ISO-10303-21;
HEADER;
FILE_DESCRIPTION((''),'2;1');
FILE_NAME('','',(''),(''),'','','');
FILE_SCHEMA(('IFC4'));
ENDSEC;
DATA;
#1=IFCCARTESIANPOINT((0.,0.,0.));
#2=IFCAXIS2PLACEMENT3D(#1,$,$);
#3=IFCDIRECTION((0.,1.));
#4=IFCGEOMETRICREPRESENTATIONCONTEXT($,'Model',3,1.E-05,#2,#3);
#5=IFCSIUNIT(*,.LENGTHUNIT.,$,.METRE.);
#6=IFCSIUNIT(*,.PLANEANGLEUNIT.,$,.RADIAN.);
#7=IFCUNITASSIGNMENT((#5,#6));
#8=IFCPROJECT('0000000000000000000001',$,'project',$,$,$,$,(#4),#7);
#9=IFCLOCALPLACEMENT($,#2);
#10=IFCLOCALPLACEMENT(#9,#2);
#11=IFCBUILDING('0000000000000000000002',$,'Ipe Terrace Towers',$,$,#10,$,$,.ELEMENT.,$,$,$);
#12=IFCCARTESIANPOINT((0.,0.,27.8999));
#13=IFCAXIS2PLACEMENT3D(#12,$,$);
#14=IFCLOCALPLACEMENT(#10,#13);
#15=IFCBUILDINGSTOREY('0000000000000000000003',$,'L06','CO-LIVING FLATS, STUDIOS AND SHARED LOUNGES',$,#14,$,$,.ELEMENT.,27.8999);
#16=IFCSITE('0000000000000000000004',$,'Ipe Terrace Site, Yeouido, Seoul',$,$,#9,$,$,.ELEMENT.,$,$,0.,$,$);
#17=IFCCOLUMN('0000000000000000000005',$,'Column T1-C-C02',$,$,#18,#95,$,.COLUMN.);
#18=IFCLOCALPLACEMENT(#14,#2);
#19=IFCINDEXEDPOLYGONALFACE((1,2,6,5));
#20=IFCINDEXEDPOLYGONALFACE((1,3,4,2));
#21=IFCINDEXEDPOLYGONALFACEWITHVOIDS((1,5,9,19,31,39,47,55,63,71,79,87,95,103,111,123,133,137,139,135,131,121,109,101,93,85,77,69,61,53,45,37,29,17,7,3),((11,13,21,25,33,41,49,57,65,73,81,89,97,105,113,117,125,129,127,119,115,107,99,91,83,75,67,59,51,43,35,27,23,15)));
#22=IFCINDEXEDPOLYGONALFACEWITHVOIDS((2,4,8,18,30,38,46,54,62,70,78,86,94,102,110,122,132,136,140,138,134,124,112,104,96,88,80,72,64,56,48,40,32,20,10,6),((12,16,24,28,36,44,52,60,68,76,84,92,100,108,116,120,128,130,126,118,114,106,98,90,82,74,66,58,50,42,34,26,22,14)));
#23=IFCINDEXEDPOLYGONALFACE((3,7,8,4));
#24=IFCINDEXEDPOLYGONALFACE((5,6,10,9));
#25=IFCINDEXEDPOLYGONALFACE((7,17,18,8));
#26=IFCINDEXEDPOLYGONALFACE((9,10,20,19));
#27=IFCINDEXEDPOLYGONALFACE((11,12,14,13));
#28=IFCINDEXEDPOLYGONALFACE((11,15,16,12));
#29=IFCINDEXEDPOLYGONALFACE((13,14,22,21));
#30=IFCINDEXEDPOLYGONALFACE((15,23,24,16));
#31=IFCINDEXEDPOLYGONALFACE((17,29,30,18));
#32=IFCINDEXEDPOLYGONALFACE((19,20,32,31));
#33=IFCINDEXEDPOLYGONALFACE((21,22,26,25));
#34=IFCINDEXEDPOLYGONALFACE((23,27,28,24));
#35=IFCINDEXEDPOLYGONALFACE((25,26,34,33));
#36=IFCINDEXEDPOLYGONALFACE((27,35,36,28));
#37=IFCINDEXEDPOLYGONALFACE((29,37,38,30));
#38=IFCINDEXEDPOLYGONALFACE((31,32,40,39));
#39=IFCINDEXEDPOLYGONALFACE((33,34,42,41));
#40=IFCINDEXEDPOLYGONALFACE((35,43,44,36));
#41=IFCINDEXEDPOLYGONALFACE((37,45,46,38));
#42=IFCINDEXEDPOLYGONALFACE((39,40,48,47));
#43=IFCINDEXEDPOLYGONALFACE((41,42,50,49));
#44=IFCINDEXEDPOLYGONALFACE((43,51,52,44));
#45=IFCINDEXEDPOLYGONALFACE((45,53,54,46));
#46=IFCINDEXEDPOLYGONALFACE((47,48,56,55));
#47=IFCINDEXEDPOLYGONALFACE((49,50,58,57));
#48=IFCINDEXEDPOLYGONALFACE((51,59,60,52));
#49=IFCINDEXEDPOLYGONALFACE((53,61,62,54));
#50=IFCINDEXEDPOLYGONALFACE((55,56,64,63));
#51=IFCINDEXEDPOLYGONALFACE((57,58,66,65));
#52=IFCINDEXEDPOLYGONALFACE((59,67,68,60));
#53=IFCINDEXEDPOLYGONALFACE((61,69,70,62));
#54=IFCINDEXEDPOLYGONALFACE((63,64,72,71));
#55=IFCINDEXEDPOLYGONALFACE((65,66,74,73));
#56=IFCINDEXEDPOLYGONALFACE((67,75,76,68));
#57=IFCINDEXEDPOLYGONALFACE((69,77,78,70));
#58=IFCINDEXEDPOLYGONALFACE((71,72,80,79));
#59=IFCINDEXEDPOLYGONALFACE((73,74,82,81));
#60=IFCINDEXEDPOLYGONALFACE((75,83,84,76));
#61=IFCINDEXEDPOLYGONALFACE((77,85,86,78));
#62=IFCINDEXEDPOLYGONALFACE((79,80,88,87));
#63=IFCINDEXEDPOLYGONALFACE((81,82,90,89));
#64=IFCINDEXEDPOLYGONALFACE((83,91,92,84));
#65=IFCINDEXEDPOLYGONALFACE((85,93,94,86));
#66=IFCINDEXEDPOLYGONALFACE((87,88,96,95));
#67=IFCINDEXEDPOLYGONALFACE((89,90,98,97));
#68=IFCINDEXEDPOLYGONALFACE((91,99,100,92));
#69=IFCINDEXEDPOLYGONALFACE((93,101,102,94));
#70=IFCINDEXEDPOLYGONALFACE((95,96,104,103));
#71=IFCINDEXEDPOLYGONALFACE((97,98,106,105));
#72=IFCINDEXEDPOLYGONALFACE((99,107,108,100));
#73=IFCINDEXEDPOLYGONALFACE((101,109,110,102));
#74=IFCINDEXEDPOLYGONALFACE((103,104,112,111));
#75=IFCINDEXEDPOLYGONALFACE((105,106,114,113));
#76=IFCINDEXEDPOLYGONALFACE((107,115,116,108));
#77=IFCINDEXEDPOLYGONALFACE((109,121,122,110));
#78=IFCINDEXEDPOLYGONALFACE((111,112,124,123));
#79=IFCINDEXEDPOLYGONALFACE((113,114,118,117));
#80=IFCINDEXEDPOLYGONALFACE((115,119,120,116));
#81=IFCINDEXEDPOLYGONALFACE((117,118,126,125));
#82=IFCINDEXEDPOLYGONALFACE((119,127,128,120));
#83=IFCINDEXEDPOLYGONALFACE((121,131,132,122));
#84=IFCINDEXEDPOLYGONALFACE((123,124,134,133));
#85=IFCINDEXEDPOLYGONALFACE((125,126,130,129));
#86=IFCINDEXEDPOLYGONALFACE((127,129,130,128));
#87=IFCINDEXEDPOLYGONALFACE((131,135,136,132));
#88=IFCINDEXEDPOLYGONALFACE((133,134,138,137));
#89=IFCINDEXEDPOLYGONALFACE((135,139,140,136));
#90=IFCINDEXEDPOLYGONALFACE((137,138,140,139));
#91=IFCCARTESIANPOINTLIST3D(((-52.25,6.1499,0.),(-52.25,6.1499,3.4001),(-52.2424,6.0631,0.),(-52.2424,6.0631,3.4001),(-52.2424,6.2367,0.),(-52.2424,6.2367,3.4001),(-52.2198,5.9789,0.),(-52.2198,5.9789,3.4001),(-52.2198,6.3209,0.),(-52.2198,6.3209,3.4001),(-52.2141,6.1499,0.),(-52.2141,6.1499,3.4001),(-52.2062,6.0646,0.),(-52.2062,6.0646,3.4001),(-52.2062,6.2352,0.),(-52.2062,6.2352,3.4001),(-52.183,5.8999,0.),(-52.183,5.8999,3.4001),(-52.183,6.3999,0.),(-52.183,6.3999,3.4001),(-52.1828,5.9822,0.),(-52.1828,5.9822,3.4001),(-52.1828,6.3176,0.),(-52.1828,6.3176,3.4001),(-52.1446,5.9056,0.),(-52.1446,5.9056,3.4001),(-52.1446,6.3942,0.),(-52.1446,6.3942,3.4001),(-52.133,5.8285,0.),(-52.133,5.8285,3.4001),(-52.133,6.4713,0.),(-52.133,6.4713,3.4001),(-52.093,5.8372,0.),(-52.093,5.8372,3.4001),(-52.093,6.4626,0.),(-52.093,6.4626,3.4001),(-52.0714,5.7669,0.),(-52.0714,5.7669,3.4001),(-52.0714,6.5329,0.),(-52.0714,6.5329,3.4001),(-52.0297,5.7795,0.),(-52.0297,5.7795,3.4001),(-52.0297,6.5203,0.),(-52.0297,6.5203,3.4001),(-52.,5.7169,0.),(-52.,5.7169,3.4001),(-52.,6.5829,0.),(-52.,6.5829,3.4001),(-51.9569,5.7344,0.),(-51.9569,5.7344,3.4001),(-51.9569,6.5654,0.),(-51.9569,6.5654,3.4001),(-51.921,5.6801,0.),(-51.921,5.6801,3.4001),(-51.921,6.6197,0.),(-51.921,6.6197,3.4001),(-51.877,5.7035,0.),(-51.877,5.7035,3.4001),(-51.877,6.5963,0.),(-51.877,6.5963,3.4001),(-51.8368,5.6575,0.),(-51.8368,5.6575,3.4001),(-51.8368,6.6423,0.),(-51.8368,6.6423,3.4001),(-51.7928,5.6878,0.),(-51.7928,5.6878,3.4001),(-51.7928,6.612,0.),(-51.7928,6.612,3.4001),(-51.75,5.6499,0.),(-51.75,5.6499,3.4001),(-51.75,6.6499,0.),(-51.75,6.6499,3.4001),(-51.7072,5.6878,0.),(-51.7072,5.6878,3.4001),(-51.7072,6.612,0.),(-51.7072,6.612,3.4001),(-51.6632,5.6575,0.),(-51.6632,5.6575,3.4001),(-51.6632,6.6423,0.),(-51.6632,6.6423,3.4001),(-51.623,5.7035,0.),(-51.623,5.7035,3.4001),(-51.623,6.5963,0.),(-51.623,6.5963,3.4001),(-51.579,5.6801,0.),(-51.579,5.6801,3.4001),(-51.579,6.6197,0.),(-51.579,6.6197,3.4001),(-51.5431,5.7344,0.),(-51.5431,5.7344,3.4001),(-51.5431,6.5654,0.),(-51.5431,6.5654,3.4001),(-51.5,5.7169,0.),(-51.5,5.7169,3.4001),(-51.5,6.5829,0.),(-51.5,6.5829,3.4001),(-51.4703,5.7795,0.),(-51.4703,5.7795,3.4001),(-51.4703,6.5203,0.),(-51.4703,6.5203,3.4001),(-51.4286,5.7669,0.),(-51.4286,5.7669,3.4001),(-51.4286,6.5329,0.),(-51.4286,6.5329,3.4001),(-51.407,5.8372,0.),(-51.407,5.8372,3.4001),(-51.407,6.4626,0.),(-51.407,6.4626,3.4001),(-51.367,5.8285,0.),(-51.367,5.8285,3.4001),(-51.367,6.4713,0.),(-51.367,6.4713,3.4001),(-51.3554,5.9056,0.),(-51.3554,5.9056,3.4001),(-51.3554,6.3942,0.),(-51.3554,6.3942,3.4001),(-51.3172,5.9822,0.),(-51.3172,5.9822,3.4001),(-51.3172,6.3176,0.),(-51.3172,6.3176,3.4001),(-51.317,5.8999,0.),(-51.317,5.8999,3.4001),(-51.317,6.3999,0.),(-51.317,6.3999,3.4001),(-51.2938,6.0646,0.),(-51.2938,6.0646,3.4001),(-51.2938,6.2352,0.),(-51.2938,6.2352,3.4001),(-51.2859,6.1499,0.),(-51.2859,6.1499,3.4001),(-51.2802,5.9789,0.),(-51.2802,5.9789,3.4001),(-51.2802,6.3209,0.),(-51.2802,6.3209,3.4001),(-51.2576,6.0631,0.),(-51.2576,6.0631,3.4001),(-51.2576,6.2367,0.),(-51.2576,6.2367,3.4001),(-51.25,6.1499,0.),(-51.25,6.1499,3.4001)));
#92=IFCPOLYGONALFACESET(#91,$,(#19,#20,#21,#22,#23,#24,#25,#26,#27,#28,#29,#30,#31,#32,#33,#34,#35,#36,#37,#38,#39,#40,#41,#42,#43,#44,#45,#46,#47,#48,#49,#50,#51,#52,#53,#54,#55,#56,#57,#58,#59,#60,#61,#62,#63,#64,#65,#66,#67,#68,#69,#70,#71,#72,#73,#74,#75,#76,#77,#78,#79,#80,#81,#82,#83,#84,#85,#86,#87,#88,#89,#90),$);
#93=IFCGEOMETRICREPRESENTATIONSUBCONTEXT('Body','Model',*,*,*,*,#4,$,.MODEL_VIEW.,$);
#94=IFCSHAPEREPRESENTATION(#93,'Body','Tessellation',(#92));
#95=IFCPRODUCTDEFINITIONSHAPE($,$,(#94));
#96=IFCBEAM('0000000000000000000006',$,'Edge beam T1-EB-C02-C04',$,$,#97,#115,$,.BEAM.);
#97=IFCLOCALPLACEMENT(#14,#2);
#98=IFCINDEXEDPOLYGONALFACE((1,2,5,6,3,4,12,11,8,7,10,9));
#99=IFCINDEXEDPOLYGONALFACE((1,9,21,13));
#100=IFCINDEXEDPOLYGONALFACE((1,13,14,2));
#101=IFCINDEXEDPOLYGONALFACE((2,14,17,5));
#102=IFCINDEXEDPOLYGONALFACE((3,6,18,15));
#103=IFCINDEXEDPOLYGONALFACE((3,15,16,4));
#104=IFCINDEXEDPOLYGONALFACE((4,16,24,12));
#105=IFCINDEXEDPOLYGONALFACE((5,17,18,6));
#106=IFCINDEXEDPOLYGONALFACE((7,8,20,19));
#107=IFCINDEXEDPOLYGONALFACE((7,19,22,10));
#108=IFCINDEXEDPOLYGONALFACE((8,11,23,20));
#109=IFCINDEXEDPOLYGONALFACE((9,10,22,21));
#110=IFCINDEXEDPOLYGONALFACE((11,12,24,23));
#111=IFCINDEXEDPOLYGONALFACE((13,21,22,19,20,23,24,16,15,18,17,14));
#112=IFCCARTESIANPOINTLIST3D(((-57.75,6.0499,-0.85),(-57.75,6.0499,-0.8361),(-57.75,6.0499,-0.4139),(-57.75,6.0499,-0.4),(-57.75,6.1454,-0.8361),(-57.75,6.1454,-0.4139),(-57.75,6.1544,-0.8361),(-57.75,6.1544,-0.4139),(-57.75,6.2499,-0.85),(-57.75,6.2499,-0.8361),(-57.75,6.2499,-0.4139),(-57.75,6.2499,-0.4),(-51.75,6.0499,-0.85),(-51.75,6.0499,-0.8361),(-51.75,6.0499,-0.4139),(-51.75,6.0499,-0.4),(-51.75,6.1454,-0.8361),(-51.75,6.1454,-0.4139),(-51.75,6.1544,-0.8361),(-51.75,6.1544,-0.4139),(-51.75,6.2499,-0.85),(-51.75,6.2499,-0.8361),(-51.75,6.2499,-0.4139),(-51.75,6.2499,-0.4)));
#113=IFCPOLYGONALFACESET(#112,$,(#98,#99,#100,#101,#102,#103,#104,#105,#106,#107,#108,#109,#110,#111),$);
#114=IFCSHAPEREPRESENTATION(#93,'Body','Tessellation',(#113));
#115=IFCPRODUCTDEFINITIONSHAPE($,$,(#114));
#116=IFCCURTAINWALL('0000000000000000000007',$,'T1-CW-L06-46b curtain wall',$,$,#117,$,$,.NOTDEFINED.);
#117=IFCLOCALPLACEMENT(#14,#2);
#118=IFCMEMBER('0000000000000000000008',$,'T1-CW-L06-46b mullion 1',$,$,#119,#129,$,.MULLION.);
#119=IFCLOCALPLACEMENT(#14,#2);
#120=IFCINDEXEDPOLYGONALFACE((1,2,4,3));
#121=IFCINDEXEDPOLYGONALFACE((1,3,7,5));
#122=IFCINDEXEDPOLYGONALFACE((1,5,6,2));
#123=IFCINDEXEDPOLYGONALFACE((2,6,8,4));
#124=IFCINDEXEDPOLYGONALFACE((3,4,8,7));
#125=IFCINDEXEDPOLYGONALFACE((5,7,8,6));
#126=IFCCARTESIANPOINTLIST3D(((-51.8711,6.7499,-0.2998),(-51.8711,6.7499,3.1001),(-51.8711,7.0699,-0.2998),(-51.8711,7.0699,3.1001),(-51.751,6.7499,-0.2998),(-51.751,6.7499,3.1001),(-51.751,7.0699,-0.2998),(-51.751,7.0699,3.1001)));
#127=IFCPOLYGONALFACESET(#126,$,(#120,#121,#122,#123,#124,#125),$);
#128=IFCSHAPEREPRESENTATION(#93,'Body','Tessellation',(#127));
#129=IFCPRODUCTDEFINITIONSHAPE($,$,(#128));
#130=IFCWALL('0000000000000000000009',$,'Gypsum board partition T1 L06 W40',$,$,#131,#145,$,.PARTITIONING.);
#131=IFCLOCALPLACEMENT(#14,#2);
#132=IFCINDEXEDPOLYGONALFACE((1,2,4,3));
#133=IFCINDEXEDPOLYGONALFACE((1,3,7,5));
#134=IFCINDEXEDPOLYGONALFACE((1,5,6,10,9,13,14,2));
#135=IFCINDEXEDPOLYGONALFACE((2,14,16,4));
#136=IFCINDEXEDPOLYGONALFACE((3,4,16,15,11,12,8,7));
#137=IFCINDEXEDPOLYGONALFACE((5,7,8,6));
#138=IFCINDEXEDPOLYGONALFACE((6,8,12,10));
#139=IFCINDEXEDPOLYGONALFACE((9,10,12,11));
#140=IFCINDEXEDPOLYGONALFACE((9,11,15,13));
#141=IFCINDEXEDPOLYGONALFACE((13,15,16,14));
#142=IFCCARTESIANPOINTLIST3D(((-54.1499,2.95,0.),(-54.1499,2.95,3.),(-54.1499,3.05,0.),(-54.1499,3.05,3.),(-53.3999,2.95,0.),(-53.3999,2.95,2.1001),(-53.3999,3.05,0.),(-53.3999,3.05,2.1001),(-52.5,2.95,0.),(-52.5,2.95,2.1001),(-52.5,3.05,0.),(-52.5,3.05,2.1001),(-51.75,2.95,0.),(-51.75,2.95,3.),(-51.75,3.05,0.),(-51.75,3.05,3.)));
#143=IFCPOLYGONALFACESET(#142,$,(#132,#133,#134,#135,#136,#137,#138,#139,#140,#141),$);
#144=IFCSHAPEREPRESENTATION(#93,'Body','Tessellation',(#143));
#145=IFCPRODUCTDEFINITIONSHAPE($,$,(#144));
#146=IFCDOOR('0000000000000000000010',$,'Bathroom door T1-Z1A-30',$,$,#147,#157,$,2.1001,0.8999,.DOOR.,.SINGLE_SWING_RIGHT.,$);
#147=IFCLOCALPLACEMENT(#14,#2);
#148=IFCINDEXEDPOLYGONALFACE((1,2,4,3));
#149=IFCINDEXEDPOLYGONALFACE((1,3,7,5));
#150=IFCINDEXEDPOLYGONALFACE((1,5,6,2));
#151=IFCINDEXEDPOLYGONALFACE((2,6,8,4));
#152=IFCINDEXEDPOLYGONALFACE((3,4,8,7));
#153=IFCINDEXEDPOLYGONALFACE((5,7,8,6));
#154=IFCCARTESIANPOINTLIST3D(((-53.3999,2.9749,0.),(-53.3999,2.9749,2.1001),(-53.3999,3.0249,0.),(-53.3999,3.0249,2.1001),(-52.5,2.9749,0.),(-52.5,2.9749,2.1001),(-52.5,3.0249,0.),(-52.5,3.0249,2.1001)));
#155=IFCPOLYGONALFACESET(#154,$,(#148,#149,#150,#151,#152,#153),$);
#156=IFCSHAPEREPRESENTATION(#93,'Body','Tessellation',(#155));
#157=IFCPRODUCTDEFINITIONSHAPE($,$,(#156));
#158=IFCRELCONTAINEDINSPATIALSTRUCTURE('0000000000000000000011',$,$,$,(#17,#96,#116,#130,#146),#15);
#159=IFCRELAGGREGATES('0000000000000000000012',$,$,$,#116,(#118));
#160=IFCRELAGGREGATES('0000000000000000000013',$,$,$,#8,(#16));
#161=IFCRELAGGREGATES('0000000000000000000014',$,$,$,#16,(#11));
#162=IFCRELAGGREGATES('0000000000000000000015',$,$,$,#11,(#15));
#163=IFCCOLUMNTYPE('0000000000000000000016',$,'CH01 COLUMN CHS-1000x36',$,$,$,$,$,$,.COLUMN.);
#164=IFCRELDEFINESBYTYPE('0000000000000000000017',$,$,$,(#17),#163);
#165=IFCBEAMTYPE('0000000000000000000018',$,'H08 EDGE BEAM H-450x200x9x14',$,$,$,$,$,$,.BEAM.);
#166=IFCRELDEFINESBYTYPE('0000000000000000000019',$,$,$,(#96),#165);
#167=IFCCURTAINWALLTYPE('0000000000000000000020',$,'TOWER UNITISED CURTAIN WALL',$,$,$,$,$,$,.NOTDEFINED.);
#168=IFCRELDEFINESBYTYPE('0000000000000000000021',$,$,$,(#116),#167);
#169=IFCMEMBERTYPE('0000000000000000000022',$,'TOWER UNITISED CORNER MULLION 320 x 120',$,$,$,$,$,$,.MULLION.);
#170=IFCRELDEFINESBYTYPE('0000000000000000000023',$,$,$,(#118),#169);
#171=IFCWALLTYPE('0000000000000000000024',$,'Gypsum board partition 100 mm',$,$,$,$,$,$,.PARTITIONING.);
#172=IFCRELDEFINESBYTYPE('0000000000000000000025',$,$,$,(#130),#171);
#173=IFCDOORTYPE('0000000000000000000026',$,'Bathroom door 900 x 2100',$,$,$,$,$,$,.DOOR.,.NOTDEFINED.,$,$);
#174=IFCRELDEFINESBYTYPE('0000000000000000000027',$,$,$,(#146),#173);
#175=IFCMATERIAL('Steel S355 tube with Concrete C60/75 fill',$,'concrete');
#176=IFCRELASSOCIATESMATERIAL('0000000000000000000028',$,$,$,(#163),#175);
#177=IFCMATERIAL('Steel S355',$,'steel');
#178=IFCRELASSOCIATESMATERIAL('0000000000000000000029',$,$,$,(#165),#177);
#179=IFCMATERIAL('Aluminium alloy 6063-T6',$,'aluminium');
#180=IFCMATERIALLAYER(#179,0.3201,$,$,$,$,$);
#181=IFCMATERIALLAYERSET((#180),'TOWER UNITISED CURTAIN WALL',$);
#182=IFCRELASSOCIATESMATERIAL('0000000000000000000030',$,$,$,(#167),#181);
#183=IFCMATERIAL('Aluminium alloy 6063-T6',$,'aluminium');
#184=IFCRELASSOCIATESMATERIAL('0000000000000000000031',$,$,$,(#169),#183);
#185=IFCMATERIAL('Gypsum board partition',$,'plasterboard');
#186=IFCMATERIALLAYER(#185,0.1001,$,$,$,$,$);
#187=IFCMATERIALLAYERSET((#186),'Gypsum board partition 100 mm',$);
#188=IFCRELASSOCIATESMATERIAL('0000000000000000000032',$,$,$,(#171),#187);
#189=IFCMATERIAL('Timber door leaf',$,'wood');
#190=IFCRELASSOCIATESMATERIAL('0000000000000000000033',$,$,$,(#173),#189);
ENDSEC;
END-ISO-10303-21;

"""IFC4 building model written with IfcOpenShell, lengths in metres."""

from ifc_helpers import new_model, si_unit, direction, frame, frame_2d, origin, origin_2d, place, context, subcontext, project, spatial, rectangle, hollow_circle, i_section, extrude, material, layer, layer_set, material_profile, profile_set, type_object, element, fill, aggregate, save


model = new_model("IFC4")

# Units and contexts
model_context = context("Model", 3, precision=1e-05, world=origin(), true_north=direction((0.0, 1.0)))
body_context = subcontext(model_context, "Body", "Model", "MODEL_VIEW")
ifc_project = project(units=[si_unit("LENGTHUNIT", "METRE"), si_unit("PLANEANGLEUNIT", "RADIAN")], contexts=[model_context])

# Site, building, storey
site_placement = place(None, origin())
site = spatial("IfcSite", under=ifc_project, at=site_placement, Name="Ipe Terrace Site, Yeouido, Seoul", CompositionType="ELEMENT", RefElevation=0.0)
building_placement = place(site_placement, origin())
building = spatial("IfcBuilding", under=site, at=building_placement, Name="Ipe Terrace Towers", CompositionType="ELEMENT")
storey_placement = place(building_placement, frame((0.0, 0.0, 27.8999)))
storey = spatial("IfcBuildingStorey", under=building, at=storey_placement, Name="L06", Description="CO-LIVING FLATS, STUDIOS AND SHARED LOUNGES", CompositionType="ELEMENT", Elevation=27.8999)

# Column
ifc_material_1 = material(Name="Steel S355 tube with Concrete C60/75 fill", Category="concrete")
ifc_material_profile_1 = material_profile(ifc_material_1, hollow_circle(Radius=0.5, WallThickness=0.0359, at=origin_2d()), Name="CHS-1000x36")
ifc_profile_set_1 = profile_set([ifc_material_profile_1], Name="Steel S355 tube with Concrete C60/75 fill")
column_type = type_object("IfcColumnType", Name="CH01 COLUMN CHS-1000x36", PredefinedType="COLUMN", material=ifc_profile_set_1)
column_placement = place(storey_placement, frame((-51.75, 6.1499, 0.0), z_axis=(0.0, 0.0, 1.0), x_axis=(1.0, 0.0, 0.0)))
element("IfcColumn", 1, at=column_placement, inside=storey, type_object=column_type, Name="Column T1-C-C02", PredefinedType="COLUMN", context=body_context, shape_type="SweptSolid", body=[
    extrude(hollow_circle(Radius=0.5, WallThickness=0.0359, at=origin_2d()), origin(), (0.0, 0.0, 1.0), 3.4001),
])

# Beam
ifc_material_2 = material(Name="Steel S355", Category="steel")
ifc_material_profile_2 = material_profile(ifc_material_2, i_section(OverallWidth=0.2, OverallDepth=0.45, WebThickness=0.009, FlangeThickness=0.0139, at=origin_2d()), Name="H-450x200x9x14")
ifc_profile_set_2 = profile_set([ifc_material_profile_2], Name="Steel S355")
beam_type = type_object("IfcBeamType", Name="H08 EDGE BEAM H-450x200x9x14", PredefinedType="BEAM", material=ifc_profile_set_2)
beam_placement = place(storey_placement, frame((-51.75, 6.1499, -0.625), z_axis=(-1.0, 0.0, 0.0), x_axis=(0.0, -1.0, 0.0)))
element("IfcBeam", 2, at=beam_placement, inside=storey, type_object=beam_type, Name="Edge beam T1-EB-C02-C04", PredefinedType="BEAM", context=body_context, shape_type="SweptSolid", body=[
    extrude(i_section(OverallWidth=0.2, OverallDepth=0.45, WebThickness=0.009, FlangeThickness=0.0139, at=origin_2d()), origin(), (0.0, 0.0, 1.0), 6.0),
])

# Curtain wall, member
ifc_material_3 = material(Name="Aluminium alloy 6063-T6", Category="aluminium")
ifc_layer_1 = layer(ifc_material_3, 0.3201)
ifc_layer_set_1 = layer_set([ifc_layer_1], Name="TOWER UNITISED CURTAIN WALL")
curtain_wall_type = type_object("IfcCurtainWallType", Name="TOWER UNITISED CURTAIN WALL", PredefinedType="NOTDEFINED", material=ifc_layer_set_1)
curtain_wall_placement = place(storey_placement, origin())
curtain_wall = element("IfcCurtainWall", 3, at=curtain_wall_placement, inside=storey, type_object=curtain_wall_type, Name="T1-CW-L06-46b curtain wall", PredefinedType="NOTDEFINED")
ifc_material_4 = material(Name="Aluminium alloy 6063-T6", Category="aluminium")
ifc_material_profile_3 = material_profile(ifc_material_4, rectangle(XDim=0.3201, YDim=0.1201, at=origin_2d()), Name="TOWER UNITISED CORNER MULLION 320 x 120")
ifc_profile_set_3 = profile_set([ifc_material_profile_3], Name="Aluminium alloy 6063-T6")
member_type = type_object("IfcMemberType", Name="TOWER UNITISED CORNER MULLION 320 x 120", PredefinedType="MULLION", material=ifc_profile_set_3)
member_placement = place(storey_placement, frame((-51.811, 6.9099, -0.2998), z_axis=(0.0, 0.0, 1.0), x_axis=(0.0, 1.0, 0.0)))
member = element("IfcMember", 4, at=member_placement, type_object=member_type, Name="T1-CW-L06-46b mullion 1", PredefinedType="MULLION", context=body_context, shape_type="SweptSolid", body=[
    extrude(rectangle(XDim=0.3201, YDim=0.1201, at=origin_2d()), origin(), (0.0, 0.0, 1.0), 3.3999),
])
aggregate(curtain_wall, [member])

# Wall, opening, door
ifc_material_5 = material(Name="Gypsum board partition", Category="plasterboard")
ifc_layer_2 = layer(ifc_material_5, 0.1001)
ifc_layer_set_2 = layer_set([ifc_layer_2], Name="Gypsum board partition 100 mm")
wall_type_1 = type_object("IfcWallType", Name="Gypsum board partition 100 mm", PredefinedType="PARTITIONING", material=ifc_layer_set_2)
wall_1_placement = place(storey_placement, frame((-54.1499, 3.0, 0.0), z_axis=(0.0, 0.0, 1.0), x_axis=(1.0, 0.0, 0.0)))
wall_1 = element("IfcWall", 5, at=wall_1_placement, inside=storey, type_object=wall_type_1, Name="Gypsum board partition T1 L06 W40", PredefinedType="PARTITIONING", context=body_context, shape_type="SweptSolid", body=[
    extrude(rectangle(XDim=2.3999, YDim=0.1001, at=frame_2d((1.2, 0.0))), origin(), (0.0, 0.0, 1.0), 3.0),
])
opening_1_placement = place(wall_1_placement, frame((0.75, 0.0, 0.0)))
opening_1 = element("IfcOpeningElement", 6, at=opening_1_placement, cuts=wall_1, PredefinedType="OPENING", context=body_context, shape_type="SweptSolid", body=[
    extrude(rectangle(XDim=0.8999, YDim=2.1001, at=frame_2d((0.45, 1.05))), frame((0.0, 0.0601, 0.0), z_axis=(0.0, -1.0, 0.0), x_axis=(1.0, 0.0, 0.0)), (0.0, 0.0, 1.0), 0.1201),
])
ifc_material_6 = material(Name="Timber door leaf", Category="wood")
door_type_1 = type_object("IfcDoorType", Name="Bathroom door 900 x 2100", OperationType="NOTDEFINED", PredefinedType="DOOR", material=ifc_material_6)
door_1_placement = place(opening_1_placement, origin())
door_1 = element("IfcDoor", 7, at=door_1_placement, inside=storey, type_object=door_type_1, Name="Bathroom door T1-Z1A-30", OperationType="SINGLE_SWING_RIGHT", OverallHeight=2.1001, OverallWidth=0.8999, PredefinedType="DOOR", context=body_context, shape_type="SweptSolid", body=[
    extrude(rectangle(XDim=0.8999, YDim=2.1001, at=frame_2d((0.45, 1.05))), frame((0.0, 0.0249, 0.0), z_axis=(0.0, -1.0, 0.0), x_axis=(1.0, 0.0, 0.0)), (0.0, 0.0, 1.0), 0.05),
])
fill(opening_1, door_1)

save(model, "model.ifc")
